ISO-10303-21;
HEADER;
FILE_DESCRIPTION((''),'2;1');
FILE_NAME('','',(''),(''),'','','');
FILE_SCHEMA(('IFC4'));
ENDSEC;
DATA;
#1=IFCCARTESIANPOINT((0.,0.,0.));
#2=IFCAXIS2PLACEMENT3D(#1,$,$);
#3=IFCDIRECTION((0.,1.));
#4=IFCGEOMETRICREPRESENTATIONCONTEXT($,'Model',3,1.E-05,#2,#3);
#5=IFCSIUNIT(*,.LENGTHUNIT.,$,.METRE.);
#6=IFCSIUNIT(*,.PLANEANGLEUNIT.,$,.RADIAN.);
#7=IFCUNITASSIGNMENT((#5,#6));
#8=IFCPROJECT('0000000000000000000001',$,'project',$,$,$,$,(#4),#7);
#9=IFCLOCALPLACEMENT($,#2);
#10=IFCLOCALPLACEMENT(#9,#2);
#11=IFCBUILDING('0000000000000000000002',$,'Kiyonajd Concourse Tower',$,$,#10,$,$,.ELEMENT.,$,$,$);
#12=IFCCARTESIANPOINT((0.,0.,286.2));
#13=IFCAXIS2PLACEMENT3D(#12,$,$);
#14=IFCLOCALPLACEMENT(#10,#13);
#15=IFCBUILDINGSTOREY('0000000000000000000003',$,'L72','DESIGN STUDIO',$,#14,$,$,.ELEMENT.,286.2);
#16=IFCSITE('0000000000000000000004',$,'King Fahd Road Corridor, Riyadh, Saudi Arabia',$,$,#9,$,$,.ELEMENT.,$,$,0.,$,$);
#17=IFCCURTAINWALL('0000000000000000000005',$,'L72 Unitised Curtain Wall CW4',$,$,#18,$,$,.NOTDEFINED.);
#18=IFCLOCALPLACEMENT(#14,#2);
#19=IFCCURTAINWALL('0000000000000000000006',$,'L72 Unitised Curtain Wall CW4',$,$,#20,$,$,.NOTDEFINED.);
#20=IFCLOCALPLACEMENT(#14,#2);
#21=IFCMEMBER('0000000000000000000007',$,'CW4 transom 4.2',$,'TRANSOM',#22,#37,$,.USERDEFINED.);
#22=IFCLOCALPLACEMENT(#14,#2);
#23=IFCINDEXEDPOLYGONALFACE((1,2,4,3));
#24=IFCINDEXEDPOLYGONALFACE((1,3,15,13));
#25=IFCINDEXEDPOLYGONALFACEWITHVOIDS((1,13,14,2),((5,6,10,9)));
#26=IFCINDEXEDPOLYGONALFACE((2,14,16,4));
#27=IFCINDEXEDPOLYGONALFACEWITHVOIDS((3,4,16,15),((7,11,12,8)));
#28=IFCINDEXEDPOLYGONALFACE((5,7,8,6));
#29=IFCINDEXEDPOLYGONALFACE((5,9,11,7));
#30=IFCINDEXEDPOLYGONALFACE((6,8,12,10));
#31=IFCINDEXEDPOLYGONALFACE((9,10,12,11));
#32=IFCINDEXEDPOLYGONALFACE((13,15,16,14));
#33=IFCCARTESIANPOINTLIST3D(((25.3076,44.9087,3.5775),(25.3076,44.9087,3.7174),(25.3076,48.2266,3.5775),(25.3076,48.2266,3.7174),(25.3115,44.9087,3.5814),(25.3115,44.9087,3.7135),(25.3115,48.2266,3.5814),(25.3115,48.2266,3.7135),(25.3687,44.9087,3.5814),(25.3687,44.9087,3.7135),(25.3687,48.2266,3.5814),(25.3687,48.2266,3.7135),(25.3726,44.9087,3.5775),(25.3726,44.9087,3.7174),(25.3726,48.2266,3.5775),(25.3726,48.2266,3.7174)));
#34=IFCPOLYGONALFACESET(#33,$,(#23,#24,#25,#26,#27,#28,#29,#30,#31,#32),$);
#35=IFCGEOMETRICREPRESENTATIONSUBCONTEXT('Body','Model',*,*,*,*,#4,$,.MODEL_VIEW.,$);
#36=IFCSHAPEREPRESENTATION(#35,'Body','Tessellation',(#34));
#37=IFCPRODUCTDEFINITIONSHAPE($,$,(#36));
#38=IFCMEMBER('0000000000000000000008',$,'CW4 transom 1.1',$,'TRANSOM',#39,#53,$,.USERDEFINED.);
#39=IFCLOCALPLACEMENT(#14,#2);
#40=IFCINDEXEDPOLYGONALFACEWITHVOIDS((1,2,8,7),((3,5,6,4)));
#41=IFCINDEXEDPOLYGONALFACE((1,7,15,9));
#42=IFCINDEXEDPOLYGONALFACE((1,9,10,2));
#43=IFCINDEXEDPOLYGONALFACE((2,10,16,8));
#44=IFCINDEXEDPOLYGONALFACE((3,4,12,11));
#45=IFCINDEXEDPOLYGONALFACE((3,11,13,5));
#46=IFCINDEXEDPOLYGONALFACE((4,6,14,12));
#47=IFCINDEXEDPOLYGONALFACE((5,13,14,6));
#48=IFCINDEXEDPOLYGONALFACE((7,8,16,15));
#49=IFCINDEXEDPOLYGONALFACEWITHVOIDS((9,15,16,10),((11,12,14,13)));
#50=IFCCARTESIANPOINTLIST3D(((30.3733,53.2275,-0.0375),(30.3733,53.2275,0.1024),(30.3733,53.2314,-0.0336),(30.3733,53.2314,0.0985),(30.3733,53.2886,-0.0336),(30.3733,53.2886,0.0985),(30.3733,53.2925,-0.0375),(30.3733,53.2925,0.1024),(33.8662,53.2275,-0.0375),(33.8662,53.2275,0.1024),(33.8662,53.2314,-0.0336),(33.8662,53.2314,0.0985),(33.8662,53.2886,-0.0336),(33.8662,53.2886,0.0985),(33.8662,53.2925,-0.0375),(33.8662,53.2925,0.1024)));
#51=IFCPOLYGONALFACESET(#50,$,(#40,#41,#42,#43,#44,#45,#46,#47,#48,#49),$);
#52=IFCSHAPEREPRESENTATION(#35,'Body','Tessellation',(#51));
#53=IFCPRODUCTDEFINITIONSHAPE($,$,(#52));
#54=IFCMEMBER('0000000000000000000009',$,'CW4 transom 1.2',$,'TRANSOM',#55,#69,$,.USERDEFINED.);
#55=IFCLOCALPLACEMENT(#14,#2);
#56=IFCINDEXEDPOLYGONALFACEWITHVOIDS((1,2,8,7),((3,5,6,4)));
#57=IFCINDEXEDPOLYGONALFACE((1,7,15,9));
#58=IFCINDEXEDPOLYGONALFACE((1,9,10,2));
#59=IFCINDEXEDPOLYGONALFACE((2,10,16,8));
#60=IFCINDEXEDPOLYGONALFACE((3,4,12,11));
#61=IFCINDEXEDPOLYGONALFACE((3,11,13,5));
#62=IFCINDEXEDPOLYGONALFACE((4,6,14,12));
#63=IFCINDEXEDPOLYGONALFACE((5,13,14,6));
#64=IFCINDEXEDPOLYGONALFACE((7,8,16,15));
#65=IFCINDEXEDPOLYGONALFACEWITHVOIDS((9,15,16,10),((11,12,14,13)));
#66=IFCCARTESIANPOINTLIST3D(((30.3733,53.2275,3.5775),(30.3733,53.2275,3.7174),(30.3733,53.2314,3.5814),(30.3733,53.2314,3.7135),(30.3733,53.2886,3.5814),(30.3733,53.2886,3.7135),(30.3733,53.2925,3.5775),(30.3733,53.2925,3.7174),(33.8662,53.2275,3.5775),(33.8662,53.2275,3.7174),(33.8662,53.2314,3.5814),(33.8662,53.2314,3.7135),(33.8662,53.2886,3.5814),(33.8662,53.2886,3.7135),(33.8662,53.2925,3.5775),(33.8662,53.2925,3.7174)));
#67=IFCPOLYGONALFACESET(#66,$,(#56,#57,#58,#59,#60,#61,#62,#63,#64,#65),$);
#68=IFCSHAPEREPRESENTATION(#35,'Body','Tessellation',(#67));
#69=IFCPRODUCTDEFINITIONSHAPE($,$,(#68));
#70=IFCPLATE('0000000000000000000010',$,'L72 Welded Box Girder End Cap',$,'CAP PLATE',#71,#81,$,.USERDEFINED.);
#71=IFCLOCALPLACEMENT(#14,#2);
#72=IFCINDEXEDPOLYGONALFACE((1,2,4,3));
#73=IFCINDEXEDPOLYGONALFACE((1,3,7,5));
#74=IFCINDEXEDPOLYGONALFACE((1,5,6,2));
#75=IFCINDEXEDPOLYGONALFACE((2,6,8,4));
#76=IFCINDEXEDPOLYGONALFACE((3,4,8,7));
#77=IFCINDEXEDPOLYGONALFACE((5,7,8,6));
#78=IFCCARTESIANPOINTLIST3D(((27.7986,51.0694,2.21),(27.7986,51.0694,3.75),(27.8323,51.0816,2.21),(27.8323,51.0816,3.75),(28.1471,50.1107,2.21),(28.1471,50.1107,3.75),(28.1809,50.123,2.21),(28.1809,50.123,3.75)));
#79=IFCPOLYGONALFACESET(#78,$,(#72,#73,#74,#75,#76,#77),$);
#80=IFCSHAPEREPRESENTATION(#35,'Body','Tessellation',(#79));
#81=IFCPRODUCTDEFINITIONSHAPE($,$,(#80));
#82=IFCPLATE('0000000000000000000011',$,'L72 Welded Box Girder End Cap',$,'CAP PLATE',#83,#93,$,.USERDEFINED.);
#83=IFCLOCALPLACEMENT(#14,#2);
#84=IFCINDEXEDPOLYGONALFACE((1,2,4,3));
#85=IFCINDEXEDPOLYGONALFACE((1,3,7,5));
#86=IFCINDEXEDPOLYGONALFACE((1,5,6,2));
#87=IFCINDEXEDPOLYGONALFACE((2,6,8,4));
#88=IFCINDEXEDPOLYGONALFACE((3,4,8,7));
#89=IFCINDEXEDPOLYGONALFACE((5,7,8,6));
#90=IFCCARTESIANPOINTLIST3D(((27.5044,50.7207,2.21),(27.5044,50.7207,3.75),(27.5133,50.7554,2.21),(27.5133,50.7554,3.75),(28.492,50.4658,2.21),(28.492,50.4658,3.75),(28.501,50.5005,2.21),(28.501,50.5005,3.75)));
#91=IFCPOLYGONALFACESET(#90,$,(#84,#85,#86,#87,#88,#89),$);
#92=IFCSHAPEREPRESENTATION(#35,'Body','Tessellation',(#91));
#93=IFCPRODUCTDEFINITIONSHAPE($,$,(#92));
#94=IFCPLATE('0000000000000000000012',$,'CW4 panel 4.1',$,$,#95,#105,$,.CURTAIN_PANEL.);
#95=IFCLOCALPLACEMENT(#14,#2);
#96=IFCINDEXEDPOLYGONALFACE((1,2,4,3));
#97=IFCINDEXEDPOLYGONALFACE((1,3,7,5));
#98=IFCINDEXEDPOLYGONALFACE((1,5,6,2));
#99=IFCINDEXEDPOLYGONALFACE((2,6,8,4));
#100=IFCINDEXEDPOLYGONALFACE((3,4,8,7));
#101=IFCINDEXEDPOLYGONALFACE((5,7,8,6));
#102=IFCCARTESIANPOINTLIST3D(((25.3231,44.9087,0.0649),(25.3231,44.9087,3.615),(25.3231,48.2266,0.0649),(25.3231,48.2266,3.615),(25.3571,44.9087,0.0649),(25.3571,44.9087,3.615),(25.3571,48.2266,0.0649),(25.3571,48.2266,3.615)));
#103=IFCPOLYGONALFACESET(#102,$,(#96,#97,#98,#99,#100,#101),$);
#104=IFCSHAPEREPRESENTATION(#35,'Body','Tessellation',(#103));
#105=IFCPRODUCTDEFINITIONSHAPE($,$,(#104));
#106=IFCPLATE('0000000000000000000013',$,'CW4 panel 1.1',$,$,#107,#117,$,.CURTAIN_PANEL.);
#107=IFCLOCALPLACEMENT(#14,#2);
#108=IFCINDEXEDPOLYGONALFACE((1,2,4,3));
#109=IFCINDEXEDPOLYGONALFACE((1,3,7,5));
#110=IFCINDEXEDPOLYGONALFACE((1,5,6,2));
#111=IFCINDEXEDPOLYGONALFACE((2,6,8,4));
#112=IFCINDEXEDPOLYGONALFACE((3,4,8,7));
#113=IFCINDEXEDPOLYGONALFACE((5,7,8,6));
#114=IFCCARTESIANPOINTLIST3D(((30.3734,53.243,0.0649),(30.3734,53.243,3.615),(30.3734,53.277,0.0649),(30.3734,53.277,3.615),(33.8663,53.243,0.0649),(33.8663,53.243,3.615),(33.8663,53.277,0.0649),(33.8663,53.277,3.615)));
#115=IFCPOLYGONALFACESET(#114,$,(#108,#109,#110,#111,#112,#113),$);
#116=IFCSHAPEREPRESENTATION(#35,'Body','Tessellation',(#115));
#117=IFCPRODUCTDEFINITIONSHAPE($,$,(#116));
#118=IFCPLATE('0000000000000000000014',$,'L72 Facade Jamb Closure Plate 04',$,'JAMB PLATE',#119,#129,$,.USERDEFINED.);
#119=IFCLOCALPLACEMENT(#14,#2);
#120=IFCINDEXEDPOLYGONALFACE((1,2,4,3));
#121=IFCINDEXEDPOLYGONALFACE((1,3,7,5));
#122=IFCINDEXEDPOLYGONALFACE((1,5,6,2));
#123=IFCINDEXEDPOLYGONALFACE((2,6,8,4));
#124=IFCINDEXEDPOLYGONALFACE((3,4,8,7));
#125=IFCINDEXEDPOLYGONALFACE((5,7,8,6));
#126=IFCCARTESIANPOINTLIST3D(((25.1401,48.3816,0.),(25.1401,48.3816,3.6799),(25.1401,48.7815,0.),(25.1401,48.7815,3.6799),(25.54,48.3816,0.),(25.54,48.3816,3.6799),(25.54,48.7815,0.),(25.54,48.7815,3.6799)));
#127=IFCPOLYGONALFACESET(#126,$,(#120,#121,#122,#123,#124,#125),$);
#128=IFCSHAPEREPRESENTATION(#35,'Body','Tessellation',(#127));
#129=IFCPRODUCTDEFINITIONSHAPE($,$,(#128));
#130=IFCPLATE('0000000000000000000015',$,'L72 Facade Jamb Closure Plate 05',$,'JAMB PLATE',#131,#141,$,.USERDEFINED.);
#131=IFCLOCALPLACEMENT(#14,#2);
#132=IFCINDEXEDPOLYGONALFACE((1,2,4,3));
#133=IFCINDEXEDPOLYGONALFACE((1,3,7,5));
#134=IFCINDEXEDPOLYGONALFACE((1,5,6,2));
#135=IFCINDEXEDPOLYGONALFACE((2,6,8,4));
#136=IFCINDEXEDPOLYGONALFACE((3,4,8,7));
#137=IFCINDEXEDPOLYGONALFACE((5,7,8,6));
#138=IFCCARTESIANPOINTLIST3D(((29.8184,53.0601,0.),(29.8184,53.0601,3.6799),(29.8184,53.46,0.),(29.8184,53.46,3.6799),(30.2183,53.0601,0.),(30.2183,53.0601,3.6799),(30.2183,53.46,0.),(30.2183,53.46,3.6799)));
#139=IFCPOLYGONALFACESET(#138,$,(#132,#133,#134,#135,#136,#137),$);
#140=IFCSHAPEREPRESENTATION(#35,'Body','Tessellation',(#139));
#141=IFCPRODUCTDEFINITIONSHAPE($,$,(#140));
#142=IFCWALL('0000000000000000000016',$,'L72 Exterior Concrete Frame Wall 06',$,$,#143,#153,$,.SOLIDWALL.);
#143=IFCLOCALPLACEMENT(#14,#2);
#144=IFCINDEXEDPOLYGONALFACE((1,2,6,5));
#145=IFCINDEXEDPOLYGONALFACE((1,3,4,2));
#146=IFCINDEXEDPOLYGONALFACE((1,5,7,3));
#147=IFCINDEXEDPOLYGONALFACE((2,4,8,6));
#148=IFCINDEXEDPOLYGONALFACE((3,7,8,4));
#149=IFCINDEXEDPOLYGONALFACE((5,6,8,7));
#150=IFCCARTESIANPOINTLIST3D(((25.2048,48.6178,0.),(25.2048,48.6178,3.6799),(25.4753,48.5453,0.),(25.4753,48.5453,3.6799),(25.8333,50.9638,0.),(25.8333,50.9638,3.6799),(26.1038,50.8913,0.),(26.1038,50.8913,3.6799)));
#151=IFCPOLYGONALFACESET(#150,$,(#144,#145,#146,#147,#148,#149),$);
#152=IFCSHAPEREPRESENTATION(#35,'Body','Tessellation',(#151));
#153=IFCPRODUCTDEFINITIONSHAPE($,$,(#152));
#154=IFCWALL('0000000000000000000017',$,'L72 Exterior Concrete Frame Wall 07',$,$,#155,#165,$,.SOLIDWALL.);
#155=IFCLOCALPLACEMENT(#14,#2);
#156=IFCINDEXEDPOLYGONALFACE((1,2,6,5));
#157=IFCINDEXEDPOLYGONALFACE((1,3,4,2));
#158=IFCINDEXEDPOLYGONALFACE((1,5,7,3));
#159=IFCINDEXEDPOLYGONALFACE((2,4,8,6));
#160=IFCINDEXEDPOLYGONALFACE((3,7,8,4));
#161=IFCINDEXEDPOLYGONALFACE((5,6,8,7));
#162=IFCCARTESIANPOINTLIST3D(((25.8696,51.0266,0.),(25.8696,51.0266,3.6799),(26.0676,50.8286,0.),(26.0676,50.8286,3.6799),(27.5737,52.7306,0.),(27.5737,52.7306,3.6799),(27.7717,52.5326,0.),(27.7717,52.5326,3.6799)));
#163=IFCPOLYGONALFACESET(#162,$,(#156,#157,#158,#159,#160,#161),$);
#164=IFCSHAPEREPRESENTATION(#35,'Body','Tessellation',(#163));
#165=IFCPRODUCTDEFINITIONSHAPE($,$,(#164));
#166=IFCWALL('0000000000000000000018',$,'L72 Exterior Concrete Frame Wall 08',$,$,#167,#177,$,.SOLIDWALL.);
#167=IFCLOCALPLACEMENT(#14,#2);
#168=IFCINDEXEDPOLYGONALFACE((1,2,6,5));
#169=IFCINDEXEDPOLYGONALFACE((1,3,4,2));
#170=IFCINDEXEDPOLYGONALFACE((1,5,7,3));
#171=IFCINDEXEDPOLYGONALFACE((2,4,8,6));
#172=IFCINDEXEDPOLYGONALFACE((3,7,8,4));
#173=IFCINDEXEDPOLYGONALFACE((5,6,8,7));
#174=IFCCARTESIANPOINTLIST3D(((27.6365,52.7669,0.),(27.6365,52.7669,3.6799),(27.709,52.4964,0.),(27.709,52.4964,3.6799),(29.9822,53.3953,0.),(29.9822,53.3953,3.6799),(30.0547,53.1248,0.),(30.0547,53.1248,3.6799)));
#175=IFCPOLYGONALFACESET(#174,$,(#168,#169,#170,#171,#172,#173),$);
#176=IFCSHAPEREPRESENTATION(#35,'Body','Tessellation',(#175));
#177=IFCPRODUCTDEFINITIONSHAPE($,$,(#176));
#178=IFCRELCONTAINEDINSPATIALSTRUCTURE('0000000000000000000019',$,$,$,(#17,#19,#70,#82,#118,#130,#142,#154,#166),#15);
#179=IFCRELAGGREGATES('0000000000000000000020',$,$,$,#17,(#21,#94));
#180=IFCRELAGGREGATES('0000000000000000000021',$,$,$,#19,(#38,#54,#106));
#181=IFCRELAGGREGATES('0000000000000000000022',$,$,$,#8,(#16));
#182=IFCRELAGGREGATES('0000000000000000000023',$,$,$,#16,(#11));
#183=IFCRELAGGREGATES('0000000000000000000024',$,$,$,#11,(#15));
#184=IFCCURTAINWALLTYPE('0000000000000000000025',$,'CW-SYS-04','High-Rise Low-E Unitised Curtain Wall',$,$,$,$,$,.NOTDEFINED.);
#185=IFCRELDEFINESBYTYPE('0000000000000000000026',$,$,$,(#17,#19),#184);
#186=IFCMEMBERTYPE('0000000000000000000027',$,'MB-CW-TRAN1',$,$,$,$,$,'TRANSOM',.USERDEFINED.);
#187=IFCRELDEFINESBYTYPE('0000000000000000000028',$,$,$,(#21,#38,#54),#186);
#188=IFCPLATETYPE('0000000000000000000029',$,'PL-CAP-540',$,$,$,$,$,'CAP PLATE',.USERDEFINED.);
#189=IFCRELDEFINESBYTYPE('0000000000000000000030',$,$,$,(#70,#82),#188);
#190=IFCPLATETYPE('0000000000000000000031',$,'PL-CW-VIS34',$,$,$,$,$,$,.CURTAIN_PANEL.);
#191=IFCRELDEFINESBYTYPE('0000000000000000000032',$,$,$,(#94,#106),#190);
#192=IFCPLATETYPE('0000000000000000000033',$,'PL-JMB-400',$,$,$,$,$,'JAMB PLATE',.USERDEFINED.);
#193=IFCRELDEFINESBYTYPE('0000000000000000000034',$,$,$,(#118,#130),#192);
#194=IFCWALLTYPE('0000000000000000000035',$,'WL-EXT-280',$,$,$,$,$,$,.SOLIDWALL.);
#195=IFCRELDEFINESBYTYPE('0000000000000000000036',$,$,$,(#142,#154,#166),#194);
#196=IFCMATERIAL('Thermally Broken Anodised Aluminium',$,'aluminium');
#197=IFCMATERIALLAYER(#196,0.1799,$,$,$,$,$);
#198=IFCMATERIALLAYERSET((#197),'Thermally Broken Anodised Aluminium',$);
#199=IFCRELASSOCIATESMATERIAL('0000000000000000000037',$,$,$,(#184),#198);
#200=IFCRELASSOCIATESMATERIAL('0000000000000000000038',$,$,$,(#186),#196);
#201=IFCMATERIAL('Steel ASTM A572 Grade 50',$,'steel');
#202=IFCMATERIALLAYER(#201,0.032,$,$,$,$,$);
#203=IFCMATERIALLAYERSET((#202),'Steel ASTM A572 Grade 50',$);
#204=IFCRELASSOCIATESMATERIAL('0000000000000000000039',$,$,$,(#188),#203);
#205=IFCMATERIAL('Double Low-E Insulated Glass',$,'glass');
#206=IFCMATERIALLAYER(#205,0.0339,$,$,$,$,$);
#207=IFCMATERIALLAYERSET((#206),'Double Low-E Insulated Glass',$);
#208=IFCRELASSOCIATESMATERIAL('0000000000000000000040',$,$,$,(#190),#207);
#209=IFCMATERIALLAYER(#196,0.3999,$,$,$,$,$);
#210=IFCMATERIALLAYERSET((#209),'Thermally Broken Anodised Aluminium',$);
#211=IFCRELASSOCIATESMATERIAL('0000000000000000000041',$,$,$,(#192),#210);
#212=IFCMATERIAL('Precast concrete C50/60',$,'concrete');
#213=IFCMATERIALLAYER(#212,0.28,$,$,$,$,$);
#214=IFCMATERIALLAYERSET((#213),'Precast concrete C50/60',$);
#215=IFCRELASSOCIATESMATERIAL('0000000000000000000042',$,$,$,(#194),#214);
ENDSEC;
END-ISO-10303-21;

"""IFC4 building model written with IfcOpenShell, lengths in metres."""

from ifc_helpers import new_model, si_unit, direction, frame, frame_2d, origin, origin_2d, place, context, subcontext, project, spatial, rectangle, hollow_rectangle, extrude, material, layer, layer_set, material_profile, profile_set, type_object, element, aggregate, save


model = new_model("IFC4")

# Units and contexts
model_context = context("Model", 3, precision=1e-05, world=origin(), true_north=direction((0.0, 1.0)))
body_context = subcontext(model_context, "Body", "Model", "MODEL_VIEW")
ifc_project = project(units=[si_unit("LENGTHUNIT", "METRE"), si_unit("PLANEANGLEUNIT", "RADIAN")], contexts=[model_context])

# Site, building, storey
site_placement = place(None, origin())
site = spatial("IfcSite", under=ifc_project, at=site_placement, Name="King Fahd Road Corridor, Riyadh, Saudi Arabia", CompositionType="ELEMENT", RefElevation=0.0)
building_placement = place(site_placement, origin())
building = spatial("IfcBuilding", under=site, at=building_placement, Name="Kiyonajd Concourse Tower", CompositionType="ELEMENT")
storey_placement = place(building_placement, frame((0.0, 0.0, 286.2)))
storey = spatial("IfcBuildingStorey", under=building, at=storey_placement, Name="L72", Description="DESIGN STUDIO", CompositionType="ELEMENT", Elevation=286.2)

# Shared definitions
ifc_material_1 = material(Name="Steel ASTM A572 Grade 50", Category="steel")

# Curtain wall
ifc_material_2 = material(Name="Thermally Broken Anodised Aluminium", Category="aluminium")
ifc_layer_1 = layer(ifc_material_2, 0.1799)
ifc_layer_set_1 = layer_set([ifc_layer_1], Name="Thermally Broken Anodised Aluminium")
curtain_wall_type = type_object("IfcCurtainWallType", Name="CW-SYS-04", Description="High-Rise Low-E Unitised Curtain Wall", PredefinedType="NOTDEFINED", material=ifc_layer_set_1)
curtain_wall_1_placement = place(storey_placement, origin())
curtain_wall_1 = element("IfcCurtainWall", 1, at=curtain_wall_1_placement, inside=storey, type_object=curtain_wall_type, Name="L72 Unitised Curtain Wall CW4", PredefinedType="NOTDEFINED")

# Curtain wall
curtain_wall_2_placement = place(storey_placement, origin())
curtain_wall_2 = element("IfcCurtainWall", 2, at=curtain_wall_2_placement, inside=storey, type_object=curtain_wall_type, Name="L72 Unitised Curtain Wall CW4", PredefinedType="NOTDEFINED")

# Members
ifc_material_profile_1 = material_profile(ifc_material_2, hollow_rectangle(XDim=0.0649, YDim=0.1399, WallThickness=0.0039, at=origin_2d()), Name="TRAN-65x140")
ifc_profile_set_1 = profile_set([ifc_material_profile_1], Name="Thermally Broken Anodised Aluminium")
member_type_1 = type_object("IfcMemberType", Name="MB-CW-TRAN1", ElementType="TRANSOM", PredefinedType="USERDEFINED", material=ifc_profile_set_1)
member_1_placement = place(storey_placement, frame((25.3401, 44.9087, 3.6475), z_axis=(0.0, 1.0, 0.0), x_axis=(-1.0, 0.0, 0.0)))
member_1 = element("IfcMember", 3, at=member_1_placement, type_object=member_type_1, Name="CW4 transom 4.2", ObjectType="TRANSOM", PredefinedType="USERDEFINED", context=body_context, shape_type="SweptSolid", body=[
    extrude(hollow_rectangle(XDim=0.0649, YDim=0.1399, WallThickness=0.0039, at=origin_2d()), origin(), (0.0, 0.0, 1.0), 3.3179),
])
member_2_placement = place(storey_placement, frame((30.3733, 53.26, 0.0325), z_axis=(1.0, 0.0, 0.0), x_axis=(0.0, 1.0, 0.0)))
member_2 = element("IfcMember", 4, at=member_2_placement, type_object=member_type_1, Name="CW4 transom 1.1", ObjectType="TRANSOM", PredefinedType="USERDEFINED", context=body_context, shape_type="SweptSolid", body=[
    extrude(hollow_rectangle(XDim=0.0649, YDim=0.1399, WallThickness=0.0039, at=origin_2d()), origin(), (0.0, 0.0, 1.0), 3.4929),
])
member_3_placement = place(storey_placement, frame((30.3733, 53.26, 3.6475), z_axis=(1.0, 0.0, 0.0), x_axis=(0.0, 1.0, 0.0)))
member_3 = element("IfcMember", 5, at=member_3_placement, type_object=member_type_1, Name="CW4 transom 1.2", ObjectType="TRANSOM", PredefinedType="USERDEFINED", context=body_context, shape_type="SweptSolid", body=[
    extrude(hollow_rectangle(XDim=0.0649, YDim=0.1399, WallThickness=0.0039, at=origin_2d()), origin(), (0.0, 0.0, 1.0), 3.4929),
])

# Plates
ifc_layer_2 = layer(ifc_material_1, 0.032)
ifc_layer_set_2 = layer_set([ifc_layer_2], Name="Steel ASTM A572 Grade 50")
plate_type_1 = type_object("IfcPlateType", Name="PL-CAP-540", ElementType="CAP PLATE", PredefinedType="USERDEFINED", material=ifc_layer_set_2)
for number, where, z_axis, x_axis, name in (
    (6, (27.9897, 50.5962, 2.21), (0.0, 0.0, 1.0), (-0.939812, -0.341692, 0.0), "L72 Welded Box Girder End Cap"),
    (7, (28.0027, 50.6106, 2.21), (0.0, 0.0, 1.0), (0.249873, 0.968279, 0.0), "L72 Welded Box Girder End Cap"),
):
    element("IfcPlate", number, at=place(storey_placement, frame(where, z_axis=z_axis, x_axis=x_axis)), inside=storey, type_object=plate_type_1, Name=name, ObjectType="CAP PLATE", PredefinedType="USERDEFINED", context=body_context, shape_type="SweptSolid", body=[
        extrude(rectangle(XDim=0.0359, YDim=1.02, at=origin_2d()), origin(), (0.0, 0.0, 1.0), 1.54),
    ])

# Plates
ifc_material_3 = material(Name="Double Low-E Insulated Glass", Category="glass")
ifc_layer_3 = layer(ifc_material_3, 0.0339)
ifc_layer_set_3 = layer_set([ifc_layer_3], Name="Double Low-E Insulated Glass")
plate_type_2 = type_object("IfcPlateType", Name="PL-CW-VIS34", PredefinedType="CURTAIN_PANEL", material=ifc_layer_set_3)
plate_1_placement = place(storey_placement, frame((25.3401, 46.5676, 0.0649), z_axis=(0.0, 0.0, 1.0), x_axis=(0.0, 1.0, 0.0)))
plate_1 = element("IfcPlate", 8, at=plate_1_placement, type_object=plate_type_2, Name="CW4 panel 4.1", PredefinedType="CURTAIN_PANEL", context=body_context, shape_type="SweptSolid", body=[
    extrude(rectangle(XDim=3.3179, YDim=0.0339, at=origin_2d()), origin(), (0.0, 0.0, 1.0), 3.55),
])
aggregate(curtain_wall_1, [member_1, plate_1])
plate_2_placement = place(storey_placement, frame((32.1199, 53.26, 0.0649), z_axis=(0.0, 0.0, 1.0), x_axis=(1.0, 0.0, 0.0)))
plate_2 = element("IfcPlate", 9, at=plate_2_placement, type_object=plate_type_2, Name="CW4 panel 1.1", PredefinedType="CURTAIN_PANEL", context=body_context, shape_type="SweptSolid", body=[
    extrude(rectangle(XDim=3.4929, YDim=0.0339, at=origin_2d()), origin(), (0.0, 0.0, 1.0), 3.55),
])
aggregate(curtain_wall_2, [member_2, member_3, plate_2])

# Plates
ifc_layer_4 = layer(ifc_material_2, 0.3999)
ifc_layer_set_4 = layer_set([ifc_layer_4], Name="Thermally Broken Anodised Aluminium")
plate_type_3 = type_object("IfcPlateType", Name="PL-JMB-400", ElementType="JAMB PLATE", PredefinedType="USERDEFINED", material=ifc_layer_set_4)
for number, where, z_axis, x_axis, name in (
    (10, (25.3401, 48.5815, 0.0), (0.0, 0.0, 1.0), (1.0, 0.0, 0.0), "L72 Facade Jamb Closure Plate 04"),
    (11, (30.0183, 53.26, 0.0), (0.0, 0.0, 1.0), (1.0, 0.0, 0.0), "L72 Facade Jamb Closure Plate 05"),
):
    element("IfcPlate", number, at=place(storey_placement, frame(where, z_axis=z_axis, x_axis=x_axis)), inside=storey, type_object=plate_type_3, Name=name, ObjectType="JAMB PLATE", PredefinedType="USERDEFINED", context=body_context, shape_type="SweptSolid", body=[
        extrude(rectangle(XDim=0.3999, YDim=0.3999, at=origin_2d()), origin(), (0.0, 0.0, 1.0), 3.6799),
    ])

# Walls
ifc_material_4 = material(Name="Precast concrete C50/60", Category="concrete")
ifc_layer_5 = layer(ifc_material_4, 0.28)
ifc_layer_set_5 = layer_set([ifc_layer_5], Name="Precast concrete C50/60")
wall_type_1 = type_object("IfcWallType", Name="WL-EXT-280", PredefinedType="SOLIDWALL", material=ifc_layer_set_5)
wall_1_placement = place(storey_placement, frame((25.3401, 48.5815, 0.0), z_axis=(0.0, 0.0, 1.0), x_axis=(0.258751, 0.965944, 0.0)))
element("IfcWall", 12, at=wall_1_placement, inside=storey, type_object=wall_type_1, Name="L72 Exterior Concrete Frame Wall 06", PredefinedType="SOLIDWALL", context=body_context, shape_type="SweptSolid", body=[
    extrude(rectangle(XDim=2.4287, YDim=0.28, at=frame_2d((1.2144, 0.0))), origin(), (0.0, 0.0, 1.0), 3.6799),
])
wall_2_placement = place(storey_placement, frame((25.9685, 50.9275, 0.0), z_axis=(0.0, 0.0, 1.0), x_axis=(0.707107, 0.707107, 0.0)))
element("IfcWall", 13, at=wall_2_placement, inside=storey, type_object=wall_type_1, Name="L72 Exterior Concrete Frame Wall 07", PredefinedType="SOLIDWALL", context=body_context, shape_type="SweptSolid", body=[
    extrude(rectangle(XDim=2.4099, YDim=0.28, at=frame_2d((1.2051, 0.0))), origin(), (0.0, 0.0, 1.0), 3.6799),
])
wall_3_placement = place(storey_placement, frame((27.6726, 52.6316, 0.0), z_axis=(0.0, 0.0, 1.0), x_axis=(0.965937, 0.258776, 0.0)))
element("IfcWall", 14, at=wall_3_placement, inside=storey, type_object=wall_type_1, Name="L72 Exterior Concrete Frame Wall 08", PredefinedType="SOLIDWALL", context=body_context, shape_type="SweptSolid", body=[
    extrude(rectangle(XDim=2.4285, YDim=0.28, at=frame_2d((1.2144, 0.0))), origin(), (0.0, 0.0, 1.0), 3.6799),
])

save(model, "model.ifc")
